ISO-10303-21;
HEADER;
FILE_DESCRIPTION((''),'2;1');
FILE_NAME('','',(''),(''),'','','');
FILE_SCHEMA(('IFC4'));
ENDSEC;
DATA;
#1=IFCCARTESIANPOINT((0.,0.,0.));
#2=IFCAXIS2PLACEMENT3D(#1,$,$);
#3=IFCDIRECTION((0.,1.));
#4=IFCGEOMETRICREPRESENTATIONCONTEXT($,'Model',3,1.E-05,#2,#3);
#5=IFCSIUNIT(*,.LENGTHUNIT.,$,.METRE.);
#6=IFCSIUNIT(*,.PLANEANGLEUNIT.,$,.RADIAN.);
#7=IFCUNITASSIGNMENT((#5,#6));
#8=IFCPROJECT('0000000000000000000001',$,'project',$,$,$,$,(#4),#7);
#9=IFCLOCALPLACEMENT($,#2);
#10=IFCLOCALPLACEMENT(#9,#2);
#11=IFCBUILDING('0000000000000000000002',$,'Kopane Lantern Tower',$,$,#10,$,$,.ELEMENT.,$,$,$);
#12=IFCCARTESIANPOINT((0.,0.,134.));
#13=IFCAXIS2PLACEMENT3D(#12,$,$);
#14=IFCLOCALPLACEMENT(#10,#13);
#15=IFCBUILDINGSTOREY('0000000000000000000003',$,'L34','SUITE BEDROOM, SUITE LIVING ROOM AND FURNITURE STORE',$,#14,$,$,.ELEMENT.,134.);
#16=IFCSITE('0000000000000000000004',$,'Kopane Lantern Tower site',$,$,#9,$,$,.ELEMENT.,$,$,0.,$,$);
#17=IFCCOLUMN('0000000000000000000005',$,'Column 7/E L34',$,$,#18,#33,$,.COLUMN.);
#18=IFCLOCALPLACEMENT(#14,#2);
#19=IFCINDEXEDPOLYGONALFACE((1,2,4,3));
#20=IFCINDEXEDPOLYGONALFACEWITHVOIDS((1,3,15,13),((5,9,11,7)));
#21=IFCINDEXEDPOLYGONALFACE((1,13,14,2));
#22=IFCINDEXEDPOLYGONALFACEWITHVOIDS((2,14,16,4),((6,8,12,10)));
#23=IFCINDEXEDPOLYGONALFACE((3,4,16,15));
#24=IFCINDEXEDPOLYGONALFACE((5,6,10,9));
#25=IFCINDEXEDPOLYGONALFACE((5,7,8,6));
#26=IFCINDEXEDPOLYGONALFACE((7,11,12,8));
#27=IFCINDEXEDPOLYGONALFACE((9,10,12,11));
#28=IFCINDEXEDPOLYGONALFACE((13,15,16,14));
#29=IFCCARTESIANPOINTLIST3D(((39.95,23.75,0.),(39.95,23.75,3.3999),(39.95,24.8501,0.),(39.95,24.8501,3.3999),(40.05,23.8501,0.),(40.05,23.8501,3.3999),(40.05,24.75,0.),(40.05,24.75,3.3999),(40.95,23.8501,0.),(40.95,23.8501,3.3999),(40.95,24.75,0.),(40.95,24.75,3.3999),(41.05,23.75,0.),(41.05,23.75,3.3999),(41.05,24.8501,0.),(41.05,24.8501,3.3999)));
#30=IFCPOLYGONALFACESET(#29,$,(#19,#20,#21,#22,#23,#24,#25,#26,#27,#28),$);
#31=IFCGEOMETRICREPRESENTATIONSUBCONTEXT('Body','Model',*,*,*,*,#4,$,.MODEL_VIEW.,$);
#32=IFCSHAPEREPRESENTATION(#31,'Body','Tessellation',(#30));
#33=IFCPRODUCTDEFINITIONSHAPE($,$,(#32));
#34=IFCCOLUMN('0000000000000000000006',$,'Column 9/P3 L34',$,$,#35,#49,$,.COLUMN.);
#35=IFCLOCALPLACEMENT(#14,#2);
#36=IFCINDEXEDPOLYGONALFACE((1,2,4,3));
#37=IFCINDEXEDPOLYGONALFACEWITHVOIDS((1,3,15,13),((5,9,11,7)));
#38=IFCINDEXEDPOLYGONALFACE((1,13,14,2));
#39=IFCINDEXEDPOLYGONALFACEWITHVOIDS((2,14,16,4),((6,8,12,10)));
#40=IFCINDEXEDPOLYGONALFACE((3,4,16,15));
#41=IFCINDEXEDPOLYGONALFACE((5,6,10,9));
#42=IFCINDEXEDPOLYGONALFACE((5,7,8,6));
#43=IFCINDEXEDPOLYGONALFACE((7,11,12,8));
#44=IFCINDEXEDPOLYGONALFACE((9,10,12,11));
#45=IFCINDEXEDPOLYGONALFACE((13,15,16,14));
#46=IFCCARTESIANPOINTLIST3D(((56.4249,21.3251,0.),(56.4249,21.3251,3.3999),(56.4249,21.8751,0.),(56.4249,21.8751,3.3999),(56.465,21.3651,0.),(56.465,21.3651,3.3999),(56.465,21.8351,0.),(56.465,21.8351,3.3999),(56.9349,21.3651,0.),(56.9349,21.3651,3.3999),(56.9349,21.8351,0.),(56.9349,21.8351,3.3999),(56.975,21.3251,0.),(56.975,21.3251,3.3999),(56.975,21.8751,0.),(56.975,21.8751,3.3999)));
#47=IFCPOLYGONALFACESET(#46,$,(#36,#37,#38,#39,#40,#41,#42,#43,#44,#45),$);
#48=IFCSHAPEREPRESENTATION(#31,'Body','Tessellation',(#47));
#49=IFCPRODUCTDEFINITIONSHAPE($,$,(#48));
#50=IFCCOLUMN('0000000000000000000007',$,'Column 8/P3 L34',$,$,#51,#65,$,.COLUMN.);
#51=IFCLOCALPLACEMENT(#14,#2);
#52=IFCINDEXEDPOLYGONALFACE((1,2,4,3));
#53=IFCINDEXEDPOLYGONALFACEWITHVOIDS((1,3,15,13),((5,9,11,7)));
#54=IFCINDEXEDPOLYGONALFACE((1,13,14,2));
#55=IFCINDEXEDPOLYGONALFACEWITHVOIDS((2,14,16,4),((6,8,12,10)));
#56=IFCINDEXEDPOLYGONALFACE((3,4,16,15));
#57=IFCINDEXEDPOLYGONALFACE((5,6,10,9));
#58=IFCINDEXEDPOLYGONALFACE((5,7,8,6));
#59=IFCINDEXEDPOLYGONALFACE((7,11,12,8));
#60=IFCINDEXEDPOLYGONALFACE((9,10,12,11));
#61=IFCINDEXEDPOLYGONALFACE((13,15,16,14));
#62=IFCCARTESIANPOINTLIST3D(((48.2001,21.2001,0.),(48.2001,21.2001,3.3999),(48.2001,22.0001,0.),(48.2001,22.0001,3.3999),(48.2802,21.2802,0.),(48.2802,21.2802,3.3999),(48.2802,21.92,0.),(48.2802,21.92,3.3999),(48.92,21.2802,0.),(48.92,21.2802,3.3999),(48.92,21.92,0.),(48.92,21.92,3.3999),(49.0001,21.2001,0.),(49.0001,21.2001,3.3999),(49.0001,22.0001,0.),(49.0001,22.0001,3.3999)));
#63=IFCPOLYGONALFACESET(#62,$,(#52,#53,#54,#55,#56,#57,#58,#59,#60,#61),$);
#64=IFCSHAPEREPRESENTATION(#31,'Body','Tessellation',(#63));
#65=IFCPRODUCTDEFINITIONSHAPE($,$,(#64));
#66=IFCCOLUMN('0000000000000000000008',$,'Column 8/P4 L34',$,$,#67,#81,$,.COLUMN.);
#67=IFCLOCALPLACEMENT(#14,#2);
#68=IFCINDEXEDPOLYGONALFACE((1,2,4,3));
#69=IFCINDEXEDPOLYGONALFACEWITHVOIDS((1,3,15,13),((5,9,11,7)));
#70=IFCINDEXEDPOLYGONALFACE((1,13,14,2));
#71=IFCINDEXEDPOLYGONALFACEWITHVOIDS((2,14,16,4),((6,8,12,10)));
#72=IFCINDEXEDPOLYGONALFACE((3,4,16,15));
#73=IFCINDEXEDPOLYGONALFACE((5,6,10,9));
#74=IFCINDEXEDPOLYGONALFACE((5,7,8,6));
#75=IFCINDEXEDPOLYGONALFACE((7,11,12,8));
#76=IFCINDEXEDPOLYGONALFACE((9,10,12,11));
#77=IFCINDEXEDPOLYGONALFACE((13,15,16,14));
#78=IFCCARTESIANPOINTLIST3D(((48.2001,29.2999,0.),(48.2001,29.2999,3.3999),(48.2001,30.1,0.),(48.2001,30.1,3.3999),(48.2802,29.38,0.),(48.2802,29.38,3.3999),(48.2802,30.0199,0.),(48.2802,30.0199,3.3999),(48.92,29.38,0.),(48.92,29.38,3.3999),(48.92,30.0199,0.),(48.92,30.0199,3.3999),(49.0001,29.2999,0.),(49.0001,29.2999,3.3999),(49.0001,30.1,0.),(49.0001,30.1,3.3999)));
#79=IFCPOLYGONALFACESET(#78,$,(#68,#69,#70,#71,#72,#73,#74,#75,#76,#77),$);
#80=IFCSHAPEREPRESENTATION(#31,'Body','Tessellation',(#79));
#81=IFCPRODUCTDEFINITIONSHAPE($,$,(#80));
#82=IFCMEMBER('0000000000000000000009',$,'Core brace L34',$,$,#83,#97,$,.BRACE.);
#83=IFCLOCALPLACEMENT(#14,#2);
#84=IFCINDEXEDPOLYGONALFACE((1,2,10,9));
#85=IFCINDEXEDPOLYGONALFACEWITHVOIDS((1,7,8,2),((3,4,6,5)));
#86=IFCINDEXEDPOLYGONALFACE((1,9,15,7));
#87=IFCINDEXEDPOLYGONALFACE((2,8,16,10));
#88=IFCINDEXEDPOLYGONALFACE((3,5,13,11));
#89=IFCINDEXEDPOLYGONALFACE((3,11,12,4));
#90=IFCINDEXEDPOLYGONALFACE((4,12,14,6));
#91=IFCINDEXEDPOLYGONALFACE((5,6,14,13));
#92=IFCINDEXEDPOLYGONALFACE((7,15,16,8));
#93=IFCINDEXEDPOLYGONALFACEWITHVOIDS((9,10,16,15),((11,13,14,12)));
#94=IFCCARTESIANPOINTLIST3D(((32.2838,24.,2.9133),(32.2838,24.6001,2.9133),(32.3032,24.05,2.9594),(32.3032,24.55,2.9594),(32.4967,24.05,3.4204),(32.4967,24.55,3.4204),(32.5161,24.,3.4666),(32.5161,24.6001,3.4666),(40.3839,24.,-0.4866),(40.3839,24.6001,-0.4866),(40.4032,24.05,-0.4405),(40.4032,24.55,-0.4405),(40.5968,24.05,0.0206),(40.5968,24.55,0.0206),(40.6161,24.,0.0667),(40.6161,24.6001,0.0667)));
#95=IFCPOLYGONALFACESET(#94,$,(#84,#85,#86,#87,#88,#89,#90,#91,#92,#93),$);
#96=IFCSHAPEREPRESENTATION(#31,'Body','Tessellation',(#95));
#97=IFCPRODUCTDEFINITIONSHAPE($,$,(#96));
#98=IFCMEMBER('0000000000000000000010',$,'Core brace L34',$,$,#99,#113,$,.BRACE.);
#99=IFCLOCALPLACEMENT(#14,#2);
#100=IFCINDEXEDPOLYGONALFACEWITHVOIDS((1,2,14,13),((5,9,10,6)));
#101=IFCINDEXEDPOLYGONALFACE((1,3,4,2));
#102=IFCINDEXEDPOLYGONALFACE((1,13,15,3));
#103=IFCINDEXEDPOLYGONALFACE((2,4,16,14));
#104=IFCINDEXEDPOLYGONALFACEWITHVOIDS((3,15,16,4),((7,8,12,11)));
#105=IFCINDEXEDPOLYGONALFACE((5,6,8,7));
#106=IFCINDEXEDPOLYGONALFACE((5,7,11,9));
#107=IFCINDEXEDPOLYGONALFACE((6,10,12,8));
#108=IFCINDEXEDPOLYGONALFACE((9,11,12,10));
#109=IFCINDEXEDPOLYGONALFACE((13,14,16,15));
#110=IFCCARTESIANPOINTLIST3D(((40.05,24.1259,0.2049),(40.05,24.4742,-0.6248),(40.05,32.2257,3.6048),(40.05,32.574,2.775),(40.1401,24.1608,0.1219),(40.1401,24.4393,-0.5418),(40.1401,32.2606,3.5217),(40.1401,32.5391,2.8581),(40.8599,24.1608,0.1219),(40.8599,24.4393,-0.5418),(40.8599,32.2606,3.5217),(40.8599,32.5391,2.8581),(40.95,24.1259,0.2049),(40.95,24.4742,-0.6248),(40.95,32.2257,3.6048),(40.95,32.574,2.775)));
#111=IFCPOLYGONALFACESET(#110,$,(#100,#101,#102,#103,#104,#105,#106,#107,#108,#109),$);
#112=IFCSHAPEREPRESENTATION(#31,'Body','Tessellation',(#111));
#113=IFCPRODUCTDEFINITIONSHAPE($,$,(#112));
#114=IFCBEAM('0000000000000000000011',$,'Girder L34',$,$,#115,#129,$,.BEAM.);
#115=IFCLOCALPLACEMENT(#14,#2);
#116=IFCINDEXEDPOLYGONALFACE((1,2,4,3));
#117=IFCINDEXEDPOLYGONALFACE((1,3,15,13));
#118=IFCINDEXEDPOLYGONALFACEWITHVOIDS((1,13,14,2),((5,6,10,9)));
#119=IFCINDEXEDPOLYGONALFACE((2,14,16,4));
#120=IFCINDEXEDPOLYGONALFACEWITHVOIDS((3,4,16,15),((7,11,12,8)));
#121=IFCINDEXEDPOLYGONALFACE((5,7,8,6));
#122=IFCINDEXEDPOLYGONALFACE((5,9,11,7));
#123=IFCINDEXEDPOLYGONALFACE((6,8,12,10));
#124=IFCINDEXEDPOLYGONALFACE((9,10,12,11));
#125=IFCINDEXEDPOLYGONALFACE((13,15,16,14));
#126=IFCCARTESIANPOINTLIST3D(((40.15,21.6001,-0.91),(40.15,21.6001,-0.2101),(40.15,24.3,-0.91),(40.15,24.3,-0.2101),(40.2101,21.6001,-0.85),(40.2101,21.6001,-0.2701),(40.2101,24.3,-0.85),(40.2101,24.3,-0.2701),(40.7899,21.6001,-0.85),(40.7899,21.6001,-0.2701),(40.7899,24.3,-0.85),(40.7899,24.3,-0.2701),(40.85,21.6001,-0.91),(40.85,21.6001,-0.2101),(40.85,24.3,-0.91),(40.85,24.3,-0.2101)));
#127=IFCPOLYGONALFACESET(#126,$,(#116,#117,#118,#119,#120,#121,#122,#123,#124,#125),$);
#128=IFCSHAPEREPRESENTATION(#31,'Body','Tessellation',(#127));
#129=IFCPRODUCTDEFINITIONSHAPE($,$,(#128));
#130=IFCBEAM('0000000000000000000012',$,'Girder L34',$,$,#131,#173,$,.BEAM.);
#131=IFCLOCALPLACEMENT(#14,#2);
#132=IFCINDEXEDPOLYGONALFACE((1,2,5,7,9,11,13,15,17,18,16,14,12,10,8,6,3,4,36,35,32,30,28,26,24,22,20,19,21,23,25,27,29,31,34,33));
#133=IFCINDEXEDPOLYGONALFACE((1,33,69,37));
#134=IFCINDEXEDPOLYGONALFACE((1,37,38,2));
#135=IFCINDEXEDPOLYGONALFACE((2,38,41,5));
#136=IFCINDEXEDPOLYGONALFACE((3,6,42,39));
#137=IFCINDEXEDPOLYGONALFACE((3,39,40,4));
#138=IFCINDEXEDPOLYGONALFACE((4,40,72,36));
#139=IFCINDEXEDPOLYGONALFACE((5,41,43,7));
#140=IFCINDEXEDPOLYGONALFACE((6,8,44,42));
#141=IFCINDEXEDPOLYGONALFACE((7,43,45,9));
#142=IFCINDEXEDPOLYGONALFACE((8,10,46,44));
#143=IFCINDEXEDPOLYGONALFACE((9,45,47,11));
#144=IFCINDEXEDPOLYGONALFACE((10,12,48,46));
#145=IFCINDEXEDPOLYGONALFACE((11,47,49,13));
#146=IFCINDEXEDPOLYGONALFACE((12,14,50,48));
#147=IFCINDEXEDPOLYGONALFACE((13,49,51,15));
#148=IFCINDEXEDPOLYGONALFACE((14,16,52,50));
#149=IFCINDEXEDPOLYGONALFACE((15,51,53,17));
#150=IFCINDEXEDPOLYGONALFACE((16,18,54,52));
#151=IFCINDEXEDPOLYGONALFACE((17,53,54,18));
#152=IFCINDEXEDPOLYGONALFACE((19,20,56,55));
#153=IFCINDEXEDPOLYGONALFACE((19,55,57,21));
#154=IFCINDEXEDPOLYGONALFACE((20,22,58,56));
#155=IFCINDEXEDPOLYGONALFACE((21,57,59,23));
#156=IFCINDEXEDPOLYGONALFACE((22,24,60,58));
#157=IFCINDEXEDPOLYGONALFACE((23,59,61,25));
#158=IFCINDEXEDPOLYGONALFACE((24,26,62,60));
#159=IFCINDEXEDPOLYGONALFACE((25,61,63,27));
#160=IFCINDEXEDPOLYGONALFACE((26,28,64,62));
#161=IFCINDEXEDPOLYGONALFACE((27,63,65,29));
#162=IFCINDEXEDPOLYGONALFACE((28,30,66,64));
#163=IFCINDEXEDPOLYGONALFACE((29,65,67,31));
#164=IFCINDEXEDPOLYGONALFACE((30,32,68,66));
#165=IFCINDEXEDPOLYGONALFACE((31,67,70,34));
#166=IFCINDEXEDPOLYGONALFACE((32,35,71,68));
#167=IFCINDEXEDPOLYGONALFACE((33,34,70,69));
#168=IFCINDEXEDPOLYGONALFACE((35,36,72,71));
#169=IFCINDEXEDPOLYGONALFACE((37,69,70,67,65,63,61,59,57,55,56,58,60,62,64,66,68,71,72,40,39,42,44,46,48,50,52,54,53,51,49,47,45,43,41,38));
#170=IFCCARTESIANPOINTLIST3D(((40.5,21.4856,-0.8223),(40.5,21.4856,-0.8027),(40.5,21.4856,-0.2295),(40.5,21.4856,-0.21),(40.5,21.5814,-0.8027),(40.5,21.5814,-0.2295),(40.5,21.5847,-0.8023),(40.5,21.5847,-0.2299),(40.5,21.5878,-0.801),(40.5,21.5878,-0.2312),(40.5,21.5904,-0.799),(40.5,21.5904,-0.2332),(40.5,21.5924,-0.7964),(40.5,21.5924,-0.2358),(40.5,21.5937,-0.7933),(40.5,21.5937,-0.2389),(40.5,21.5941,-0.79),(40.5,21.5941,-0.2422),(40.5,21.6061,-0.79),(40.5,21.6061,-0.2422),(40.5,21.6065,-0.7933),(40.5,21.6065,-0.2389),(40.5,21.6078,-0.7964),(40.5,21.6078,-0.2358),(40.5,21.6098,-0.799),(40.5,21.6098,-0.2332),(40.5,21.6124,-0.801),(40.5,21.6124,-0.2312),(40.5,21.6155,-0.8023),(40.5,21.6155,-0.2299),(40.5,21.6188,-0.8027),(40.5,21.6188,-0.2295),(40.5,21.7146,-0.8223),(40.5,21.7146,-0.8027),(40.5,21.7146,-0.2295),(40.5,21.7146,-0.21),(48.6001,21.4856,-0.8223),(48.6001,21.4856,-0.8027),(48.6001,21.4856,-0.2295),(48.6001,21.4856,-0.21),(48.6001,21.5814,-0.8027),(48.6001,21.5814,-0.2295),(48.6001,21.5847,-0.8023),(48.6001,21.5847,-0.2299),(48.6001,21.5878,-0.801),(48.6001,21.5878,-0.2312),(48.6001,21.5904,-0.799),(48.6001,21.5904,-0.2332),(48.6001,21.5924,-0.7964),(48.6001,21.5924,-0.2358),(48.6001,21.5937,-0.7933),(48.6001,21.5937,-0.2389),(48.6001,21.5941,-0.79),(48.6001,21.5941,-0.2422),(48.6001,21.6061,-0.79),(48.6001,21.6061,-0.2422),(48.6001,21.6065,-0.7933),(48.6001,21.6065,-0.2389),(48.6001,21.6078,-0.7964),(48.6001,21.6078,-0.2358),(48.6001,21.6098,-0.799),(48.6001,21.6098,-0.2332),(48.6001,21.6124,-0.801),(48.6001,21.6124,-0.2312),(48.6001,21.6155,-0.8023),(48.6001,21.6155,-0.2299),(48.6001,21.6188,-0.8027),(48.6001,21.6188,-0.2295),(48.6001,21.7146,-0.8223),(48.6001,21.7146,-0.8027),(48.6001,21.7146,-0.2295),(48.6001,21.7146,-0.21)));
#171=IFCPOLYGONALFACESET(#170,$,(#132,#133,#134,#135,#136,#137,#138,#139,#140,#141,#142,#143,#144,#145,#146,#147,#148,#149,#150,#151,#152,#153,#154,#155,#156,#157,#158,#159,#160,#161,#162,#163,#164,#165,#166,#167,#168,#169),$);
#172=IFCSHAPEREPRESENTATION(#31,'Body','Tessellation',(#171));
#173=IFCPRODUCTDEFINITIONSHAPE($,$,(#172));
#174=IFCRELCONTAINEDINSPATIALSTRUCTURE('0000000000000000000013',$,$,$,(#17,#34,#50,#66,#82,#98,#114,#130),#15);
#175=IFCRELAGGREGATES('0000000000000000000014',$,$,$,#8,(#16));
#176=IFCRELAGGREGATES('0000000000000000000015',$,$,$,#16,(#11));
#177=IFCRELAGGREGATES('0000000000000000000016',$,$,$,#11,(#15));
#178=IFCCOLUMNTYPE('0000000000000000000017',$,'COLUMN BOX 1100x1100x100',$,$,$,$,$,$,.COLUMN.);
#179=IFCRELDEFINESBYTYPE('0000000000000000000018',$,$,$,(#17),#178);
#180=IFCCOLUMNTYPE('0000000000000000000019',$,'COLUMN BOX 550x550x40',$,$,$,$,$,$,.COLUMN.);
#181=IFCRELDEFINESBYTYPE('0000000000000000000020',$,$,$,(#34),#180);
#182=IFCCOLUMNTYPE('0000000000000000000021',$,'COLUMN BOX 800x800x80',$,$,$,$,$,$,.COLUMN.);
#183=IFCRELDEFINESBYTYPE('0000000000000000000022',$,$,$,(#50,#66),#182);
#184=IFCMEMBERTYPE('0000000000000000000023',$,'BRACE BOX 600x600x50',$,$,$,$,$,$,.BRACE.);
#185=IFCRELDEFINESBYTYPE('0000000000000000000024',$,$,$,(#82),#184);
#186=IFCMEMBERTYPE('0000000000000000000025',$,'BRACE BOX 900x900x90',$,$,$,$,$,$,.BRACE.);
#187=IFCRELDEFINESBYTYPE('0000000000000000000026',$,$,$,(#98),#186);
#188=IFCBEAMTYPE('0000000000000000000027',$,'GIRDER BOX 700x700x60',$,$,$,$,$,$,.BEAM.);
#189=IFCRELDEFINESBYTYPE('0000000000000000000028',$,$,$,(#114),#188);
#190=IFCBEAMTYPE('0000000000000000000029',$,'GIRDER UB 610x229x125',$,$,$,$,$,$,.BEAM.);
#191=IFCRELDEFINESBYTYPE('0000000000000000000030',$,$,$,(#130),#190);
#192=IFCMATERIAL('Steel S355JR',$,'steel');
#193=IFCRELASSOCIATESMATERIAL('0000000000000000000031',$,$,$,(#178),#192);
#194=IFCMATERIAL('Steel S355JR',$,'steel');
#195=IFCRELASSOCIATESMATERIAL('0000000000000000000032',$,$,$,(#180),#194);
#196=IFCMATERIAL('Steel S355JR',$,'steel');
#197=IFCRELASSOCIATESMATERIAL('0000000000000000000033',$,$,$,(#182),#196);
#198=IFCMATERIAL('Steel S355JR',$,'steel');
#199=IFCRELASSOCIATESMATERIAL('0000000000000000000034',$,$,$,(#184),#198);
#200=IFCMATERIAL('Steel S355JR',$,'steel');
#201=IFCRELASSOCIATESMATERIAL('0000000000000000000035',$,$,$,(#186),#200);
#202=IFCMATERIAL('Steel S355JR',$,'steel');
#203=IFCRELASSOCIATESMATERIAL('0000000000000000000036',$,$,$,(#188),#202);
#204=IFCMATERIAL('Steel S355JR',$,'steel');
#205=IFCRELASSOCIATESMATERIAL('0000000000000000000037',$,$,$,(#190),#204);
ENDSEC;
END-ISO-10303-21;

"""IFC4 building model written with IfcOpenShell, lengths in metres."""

from ifc_helpers import new_model, si_unit, direction, frame, origin, origin_2d, place, context, subcontext, project, spatial, hollow_rectangle, i_section, extrude, material, material_profile, profile_set, type_object, element, save


model = new_model("IFC4")

# Units and contexts
model_context = context("Model", 3, precision=1e-05, world=origin(), true_north=direction((0.0, 1.0)))
body_context = subcontext(model_context, "Body", "Model", "MODEL_VIEW")
ifc_project = project(units=[si_unit("LENGTHUNIT", "METRE"), si_unit("PLANEANGLEUNIT", "RADIAN")], contexts=[model_context])

# Site, building, storey
site_placement = place(None, origin())
site = spatial("IfcSite", under=ifc_project, at=site_placement, Name="Kopane Lantern Tower site", CompositionType="ELEMENT", RefElevation=0.0)
building_placement = place(site_placement, origin())
building = spatial("IfcBuilding", under=site, at=building_placement, Name="Kopane Lantern Tower", CompositionType="ELEMENT")
storey_placement = place(building_placement, frame((0.0, 0.0, 134.0)))
storey = spatial("IfcBuildingStorey", under=building, at=storey_placement, Name="L34", Description="SUITE BEDROOM, SUITE LIVING ROOM AND FURNITURE STORE", CompositionType="ELEMENT", Elevation=134.0)

# Columns
ifc_material_1 = material(Name="Steel S355JR", Category="steel")
ifc_material_profile_1 = material_profile(ifc_material_1, hollow_rectangle(XDim=1.1001, YDim=1.1001, WallThickness=0.1001, at=origin_2d()), Name="BOX 1100x1100x100")
ifc_profile_set_1 = profile_set([ifc_material_profile_1], Name="Steel S355JR")
column_type_1 = type_object("IfcColumnType", Name="COLUMN BOX 1100x1100x100", PredefinedType="COLUMN", material=ifc_profile_set_1)
column_1_placement = place(storey_placement, frame((40.5, 24.3, 0.0), z_axis=(0.0, 0.0, 1.0), x_axis=(1.0, 0.0, 0.0)))
element("IfcColumn", 1, at=column_1_placement, inside=storey, type_object=column_type_1, Name="Column 7/E L34", PredefinedType="COLUMN", context=body_context, shape_type="SweptSolid", body=[
    extrude(hollow_rectangle(XDim=1.1001, YDim=1.1001, WallThickness=0.1001, at=origin_2d()), origin(), (0.0, 0.0, 1.0), 3.3999),
])
ifc_material_2 = material(Name="Steel S355JR", Category="steel")
ifc_material_profile_2 = material_profile(ifc_material_2, hollow_rectangle(XDim=0.55, YDim=0.55, WallThickness=0.04, at=origin_2d()), Name="BOX 550x550x40")
ifc_profile_set_2 = profile_set([ifc_material_profile_2], Name="Steel S355JR")
column_type_2 = type_object("IfcColumnType", Name="COLUMN BOX 550x550x40", PredefinedType="COLUMN", material=ifc_profile_set_2)
column_2_placement = place(storey_placement, frame((56.7, 21.6001, 0.0), z_axis=(0.0, 0.0, 1.0), x_axis=(1.0, 0.0, 0.0)))
element("IfcColumn", 2, at=column_2_placement, inside=storey, type_object=column_type_2, Name="Column 9/P3 L34", PredefinedType="COLUMN", context=body_context, shape_type="SweptSolid", body=[
    extrude(hollow_rectangle(XDim=0.55, YDim=0.55, WallThickness=0.04, at=origin_2d()), origin(), (0.0, 0.0, 1.0), 3.3999),
])
ifc_material_3 = material(Name="Steel S355JR", Category="steel")
ifc_material_profile_3 = material_profile(ifc_material_3, hollow_rectangle(XDim=0.8, YDim=0.8, WallThickness=0.0801, at=origin_2d()), Name="BOX 800x800x80")
ifc_profile_set_3 = profile_set([ifc_material_profile_3], Name="Steel S355JR")
column_type_3 = type_object("IfcColumnType", Name="COLUMN BOX 800x800x80", PredefinedType="COLUMN", material=ifc_profile_set_3)
for number, where, z_axis, x_axis, name in (
    (3, (48.6001, 21.6001, 0.0), (0.0, 0.0, 1.0), (1.0, 0.0, 0.0), "Column 8/P3 L34"),
    (4, (48.6001, 29.7, 0.0), (0.0, 0.0, 1.0), (1.0, 0.0, 0.0), "Column 8/P4 L34"),
):
    element("IfcColumn", number, at=place(storey_placement, frame(where, z_axis=z_axis, x_axis=x_axis)), inside=storey, type_object=column_type_3, Name=name, PredefinedType="COLUMN", context=body_context, shape_type="SweptSolid", body=[
        extrude(hollow_rectangle(XDim=0.8, YDim=0.8, WallThickness=0.0801, at=origin_2d()), origin(), (0.0, 0.0, 1.0), 3.3999),
    ])

# Members
ifc_material_4 = material(Name="Steel S355JR", Category="steel")
ifc_material_profile_4 = material_profile(ifc_material_4, hollow_rectangle(XDim=0.6001, YDim=0.6001, WallThickness=0.05, at=origin_2d()), Name="BOX 600x600x50")
ifc_profile_set_4 = profile_set([ifc_material_profile_4], Name="Steel S355JR")
member_type_1 = type_object("IfcMemberType", Name="BRACE BOX 600x600x50", PredefinedType="BRACE", material=ifc_profile_set_4)
member_1_placement = place(storey_placement, frame((40.5, 24.3, -0.21), z_axis=(-0.922069, 0.0, 0.387026), x_axis=(0.0, -1.0, 0.0)))
element("IfcMember", 5, at=member_1_placement, inside=storey, type_object=member_type_1, Name="Core brace L34", PredefinedType="BRACE", context=body_context, shape_type="SweptSolid", body=[
    extrude(hollow_rectangle(XDim=0.6001, YDim=0.6001, WallThickness=0.05, at=origin_2d()), origin(), (0.0, 0.0, 1.0), 8.7847),
])
ifc_material_5 = material(Name="Steel S355JR", Category="steel")
ifc_material_profile_5 = material_profile(ifc_material_5, hollow_rectangle(XDim=0.8999, YDim=0.8999, WallThickness=0.0901, at=origin_2d()), Name="BOX 900x900x90")
ifc_profile_set_5 = profile_set([ifc_material_profile_5], Name="Steel S355JR")
member_type_2 = type_object("IfcMemberType", Name="BRACE BOX 900x900x90", PredefinedType="BRACE", material=ifc_profile_set_5)
member_2_placement = place(storey_placement, frame((40.5, 24.3, -0.21), z_axis=(0.0, 0.922065, 0.387035), x_axis=(-1.0, 0.0, 0.0)))
element("IfcMember", 6, at=member_2_placement, inside=storey, type_object=member_type_2, Name="Core brace L34", PredefinedType="BRACE", context=body_context, shape_type="SweptSolid", body=[
    extrude(hollow_rectangle(XDim=0.8999, YDim=0.8999, WallThickness=0.0901, at=origin_2d()), origin(), (0.0, 0.0, 1.0), 8.7844),
])

# Beams
ifc_material_6 = material(Name="Steel S355JR", Category="steel")
ifc_material_profile_6 = material_profile(ifc_material_6, hollow_rectangle(XDim=0.7, YDim=0.7, WallThickness=0.0601, at=origin_2d()), Name="BOX 700x700x60")
ifc_profile_set_6 = profile_set([ifc_material_profile_6], Name="Steel S355JR")
beam_type_1 = type_object("IfcBeamType", Name="GIRDER BOX 700x700x60", PredefinedType="BEAM", material=ifc_profile_set_6)
beam_1_placement = place(storey_placement, frame((40.5, 21.6001, -0.5601), z_axis=(0.0, 1.0, 0.0), x_axis=(-1.0, 0.0, 0.0)))
element("IfcBeam", 7, at=beam_1_placement, inside=storey, type_object=beam_type_1, Name="Girder L34", PredefinedType="BEAM", context=body_context, shape_type="SweptSolid", body=[
    extrude(hollow_rectangle(XDim=0.7, YDim=0.7, WallThickness=0.0601, at=origin_2d()), origin(), (0.0, 0.0, 1.0), 2.7),
])
ifc_material_7 = material(Name="Steel S355JR", Category="steel")
ifc_material_profile_7 = material_profile(ifc_material_7, i_section(OverallWidth=0.229, OverallDepth=0.6123, WebThickness=0.012, FlangeThickness=0.0195, FilletRadius=0.0127, at=origin_2d()), Name="UB 610x229x125")
ifc_profile_set_7 = profile_set([ifc_material_profile_7], Name="Steel S355JR")
beam_type_2 = type_object("IfcBeamType", Name="GIRDER UB 610x229x125", PredefinedType="BEAM", material=ifc_profile_set_7)
beam_2_placement = place(storey_placement, frame((40.5, 21.6001, -0.5161), z_axis=(1.0, 0.0, 0.0), x_axis=(0.0, 1.0, 0.0)))
element("IfcBeam", 8, at=beam_2_placement, inside=storey, type_object=beam_type_2, Name="Girder L34", PredefinedType="BEAM", context=body_context, shape_type="SweptSolid", body=[
    extrude(i_section(OverallWidth=0.229, OverallDepth=0.6123, WebThickness=0.012, FlangeThickness=0.0195, FilletRadius=0.0127, at=origin_2d()), origin(), (0.0, 0.0, 1.0), 8.1001),
])

save(model, "model.ifc")
